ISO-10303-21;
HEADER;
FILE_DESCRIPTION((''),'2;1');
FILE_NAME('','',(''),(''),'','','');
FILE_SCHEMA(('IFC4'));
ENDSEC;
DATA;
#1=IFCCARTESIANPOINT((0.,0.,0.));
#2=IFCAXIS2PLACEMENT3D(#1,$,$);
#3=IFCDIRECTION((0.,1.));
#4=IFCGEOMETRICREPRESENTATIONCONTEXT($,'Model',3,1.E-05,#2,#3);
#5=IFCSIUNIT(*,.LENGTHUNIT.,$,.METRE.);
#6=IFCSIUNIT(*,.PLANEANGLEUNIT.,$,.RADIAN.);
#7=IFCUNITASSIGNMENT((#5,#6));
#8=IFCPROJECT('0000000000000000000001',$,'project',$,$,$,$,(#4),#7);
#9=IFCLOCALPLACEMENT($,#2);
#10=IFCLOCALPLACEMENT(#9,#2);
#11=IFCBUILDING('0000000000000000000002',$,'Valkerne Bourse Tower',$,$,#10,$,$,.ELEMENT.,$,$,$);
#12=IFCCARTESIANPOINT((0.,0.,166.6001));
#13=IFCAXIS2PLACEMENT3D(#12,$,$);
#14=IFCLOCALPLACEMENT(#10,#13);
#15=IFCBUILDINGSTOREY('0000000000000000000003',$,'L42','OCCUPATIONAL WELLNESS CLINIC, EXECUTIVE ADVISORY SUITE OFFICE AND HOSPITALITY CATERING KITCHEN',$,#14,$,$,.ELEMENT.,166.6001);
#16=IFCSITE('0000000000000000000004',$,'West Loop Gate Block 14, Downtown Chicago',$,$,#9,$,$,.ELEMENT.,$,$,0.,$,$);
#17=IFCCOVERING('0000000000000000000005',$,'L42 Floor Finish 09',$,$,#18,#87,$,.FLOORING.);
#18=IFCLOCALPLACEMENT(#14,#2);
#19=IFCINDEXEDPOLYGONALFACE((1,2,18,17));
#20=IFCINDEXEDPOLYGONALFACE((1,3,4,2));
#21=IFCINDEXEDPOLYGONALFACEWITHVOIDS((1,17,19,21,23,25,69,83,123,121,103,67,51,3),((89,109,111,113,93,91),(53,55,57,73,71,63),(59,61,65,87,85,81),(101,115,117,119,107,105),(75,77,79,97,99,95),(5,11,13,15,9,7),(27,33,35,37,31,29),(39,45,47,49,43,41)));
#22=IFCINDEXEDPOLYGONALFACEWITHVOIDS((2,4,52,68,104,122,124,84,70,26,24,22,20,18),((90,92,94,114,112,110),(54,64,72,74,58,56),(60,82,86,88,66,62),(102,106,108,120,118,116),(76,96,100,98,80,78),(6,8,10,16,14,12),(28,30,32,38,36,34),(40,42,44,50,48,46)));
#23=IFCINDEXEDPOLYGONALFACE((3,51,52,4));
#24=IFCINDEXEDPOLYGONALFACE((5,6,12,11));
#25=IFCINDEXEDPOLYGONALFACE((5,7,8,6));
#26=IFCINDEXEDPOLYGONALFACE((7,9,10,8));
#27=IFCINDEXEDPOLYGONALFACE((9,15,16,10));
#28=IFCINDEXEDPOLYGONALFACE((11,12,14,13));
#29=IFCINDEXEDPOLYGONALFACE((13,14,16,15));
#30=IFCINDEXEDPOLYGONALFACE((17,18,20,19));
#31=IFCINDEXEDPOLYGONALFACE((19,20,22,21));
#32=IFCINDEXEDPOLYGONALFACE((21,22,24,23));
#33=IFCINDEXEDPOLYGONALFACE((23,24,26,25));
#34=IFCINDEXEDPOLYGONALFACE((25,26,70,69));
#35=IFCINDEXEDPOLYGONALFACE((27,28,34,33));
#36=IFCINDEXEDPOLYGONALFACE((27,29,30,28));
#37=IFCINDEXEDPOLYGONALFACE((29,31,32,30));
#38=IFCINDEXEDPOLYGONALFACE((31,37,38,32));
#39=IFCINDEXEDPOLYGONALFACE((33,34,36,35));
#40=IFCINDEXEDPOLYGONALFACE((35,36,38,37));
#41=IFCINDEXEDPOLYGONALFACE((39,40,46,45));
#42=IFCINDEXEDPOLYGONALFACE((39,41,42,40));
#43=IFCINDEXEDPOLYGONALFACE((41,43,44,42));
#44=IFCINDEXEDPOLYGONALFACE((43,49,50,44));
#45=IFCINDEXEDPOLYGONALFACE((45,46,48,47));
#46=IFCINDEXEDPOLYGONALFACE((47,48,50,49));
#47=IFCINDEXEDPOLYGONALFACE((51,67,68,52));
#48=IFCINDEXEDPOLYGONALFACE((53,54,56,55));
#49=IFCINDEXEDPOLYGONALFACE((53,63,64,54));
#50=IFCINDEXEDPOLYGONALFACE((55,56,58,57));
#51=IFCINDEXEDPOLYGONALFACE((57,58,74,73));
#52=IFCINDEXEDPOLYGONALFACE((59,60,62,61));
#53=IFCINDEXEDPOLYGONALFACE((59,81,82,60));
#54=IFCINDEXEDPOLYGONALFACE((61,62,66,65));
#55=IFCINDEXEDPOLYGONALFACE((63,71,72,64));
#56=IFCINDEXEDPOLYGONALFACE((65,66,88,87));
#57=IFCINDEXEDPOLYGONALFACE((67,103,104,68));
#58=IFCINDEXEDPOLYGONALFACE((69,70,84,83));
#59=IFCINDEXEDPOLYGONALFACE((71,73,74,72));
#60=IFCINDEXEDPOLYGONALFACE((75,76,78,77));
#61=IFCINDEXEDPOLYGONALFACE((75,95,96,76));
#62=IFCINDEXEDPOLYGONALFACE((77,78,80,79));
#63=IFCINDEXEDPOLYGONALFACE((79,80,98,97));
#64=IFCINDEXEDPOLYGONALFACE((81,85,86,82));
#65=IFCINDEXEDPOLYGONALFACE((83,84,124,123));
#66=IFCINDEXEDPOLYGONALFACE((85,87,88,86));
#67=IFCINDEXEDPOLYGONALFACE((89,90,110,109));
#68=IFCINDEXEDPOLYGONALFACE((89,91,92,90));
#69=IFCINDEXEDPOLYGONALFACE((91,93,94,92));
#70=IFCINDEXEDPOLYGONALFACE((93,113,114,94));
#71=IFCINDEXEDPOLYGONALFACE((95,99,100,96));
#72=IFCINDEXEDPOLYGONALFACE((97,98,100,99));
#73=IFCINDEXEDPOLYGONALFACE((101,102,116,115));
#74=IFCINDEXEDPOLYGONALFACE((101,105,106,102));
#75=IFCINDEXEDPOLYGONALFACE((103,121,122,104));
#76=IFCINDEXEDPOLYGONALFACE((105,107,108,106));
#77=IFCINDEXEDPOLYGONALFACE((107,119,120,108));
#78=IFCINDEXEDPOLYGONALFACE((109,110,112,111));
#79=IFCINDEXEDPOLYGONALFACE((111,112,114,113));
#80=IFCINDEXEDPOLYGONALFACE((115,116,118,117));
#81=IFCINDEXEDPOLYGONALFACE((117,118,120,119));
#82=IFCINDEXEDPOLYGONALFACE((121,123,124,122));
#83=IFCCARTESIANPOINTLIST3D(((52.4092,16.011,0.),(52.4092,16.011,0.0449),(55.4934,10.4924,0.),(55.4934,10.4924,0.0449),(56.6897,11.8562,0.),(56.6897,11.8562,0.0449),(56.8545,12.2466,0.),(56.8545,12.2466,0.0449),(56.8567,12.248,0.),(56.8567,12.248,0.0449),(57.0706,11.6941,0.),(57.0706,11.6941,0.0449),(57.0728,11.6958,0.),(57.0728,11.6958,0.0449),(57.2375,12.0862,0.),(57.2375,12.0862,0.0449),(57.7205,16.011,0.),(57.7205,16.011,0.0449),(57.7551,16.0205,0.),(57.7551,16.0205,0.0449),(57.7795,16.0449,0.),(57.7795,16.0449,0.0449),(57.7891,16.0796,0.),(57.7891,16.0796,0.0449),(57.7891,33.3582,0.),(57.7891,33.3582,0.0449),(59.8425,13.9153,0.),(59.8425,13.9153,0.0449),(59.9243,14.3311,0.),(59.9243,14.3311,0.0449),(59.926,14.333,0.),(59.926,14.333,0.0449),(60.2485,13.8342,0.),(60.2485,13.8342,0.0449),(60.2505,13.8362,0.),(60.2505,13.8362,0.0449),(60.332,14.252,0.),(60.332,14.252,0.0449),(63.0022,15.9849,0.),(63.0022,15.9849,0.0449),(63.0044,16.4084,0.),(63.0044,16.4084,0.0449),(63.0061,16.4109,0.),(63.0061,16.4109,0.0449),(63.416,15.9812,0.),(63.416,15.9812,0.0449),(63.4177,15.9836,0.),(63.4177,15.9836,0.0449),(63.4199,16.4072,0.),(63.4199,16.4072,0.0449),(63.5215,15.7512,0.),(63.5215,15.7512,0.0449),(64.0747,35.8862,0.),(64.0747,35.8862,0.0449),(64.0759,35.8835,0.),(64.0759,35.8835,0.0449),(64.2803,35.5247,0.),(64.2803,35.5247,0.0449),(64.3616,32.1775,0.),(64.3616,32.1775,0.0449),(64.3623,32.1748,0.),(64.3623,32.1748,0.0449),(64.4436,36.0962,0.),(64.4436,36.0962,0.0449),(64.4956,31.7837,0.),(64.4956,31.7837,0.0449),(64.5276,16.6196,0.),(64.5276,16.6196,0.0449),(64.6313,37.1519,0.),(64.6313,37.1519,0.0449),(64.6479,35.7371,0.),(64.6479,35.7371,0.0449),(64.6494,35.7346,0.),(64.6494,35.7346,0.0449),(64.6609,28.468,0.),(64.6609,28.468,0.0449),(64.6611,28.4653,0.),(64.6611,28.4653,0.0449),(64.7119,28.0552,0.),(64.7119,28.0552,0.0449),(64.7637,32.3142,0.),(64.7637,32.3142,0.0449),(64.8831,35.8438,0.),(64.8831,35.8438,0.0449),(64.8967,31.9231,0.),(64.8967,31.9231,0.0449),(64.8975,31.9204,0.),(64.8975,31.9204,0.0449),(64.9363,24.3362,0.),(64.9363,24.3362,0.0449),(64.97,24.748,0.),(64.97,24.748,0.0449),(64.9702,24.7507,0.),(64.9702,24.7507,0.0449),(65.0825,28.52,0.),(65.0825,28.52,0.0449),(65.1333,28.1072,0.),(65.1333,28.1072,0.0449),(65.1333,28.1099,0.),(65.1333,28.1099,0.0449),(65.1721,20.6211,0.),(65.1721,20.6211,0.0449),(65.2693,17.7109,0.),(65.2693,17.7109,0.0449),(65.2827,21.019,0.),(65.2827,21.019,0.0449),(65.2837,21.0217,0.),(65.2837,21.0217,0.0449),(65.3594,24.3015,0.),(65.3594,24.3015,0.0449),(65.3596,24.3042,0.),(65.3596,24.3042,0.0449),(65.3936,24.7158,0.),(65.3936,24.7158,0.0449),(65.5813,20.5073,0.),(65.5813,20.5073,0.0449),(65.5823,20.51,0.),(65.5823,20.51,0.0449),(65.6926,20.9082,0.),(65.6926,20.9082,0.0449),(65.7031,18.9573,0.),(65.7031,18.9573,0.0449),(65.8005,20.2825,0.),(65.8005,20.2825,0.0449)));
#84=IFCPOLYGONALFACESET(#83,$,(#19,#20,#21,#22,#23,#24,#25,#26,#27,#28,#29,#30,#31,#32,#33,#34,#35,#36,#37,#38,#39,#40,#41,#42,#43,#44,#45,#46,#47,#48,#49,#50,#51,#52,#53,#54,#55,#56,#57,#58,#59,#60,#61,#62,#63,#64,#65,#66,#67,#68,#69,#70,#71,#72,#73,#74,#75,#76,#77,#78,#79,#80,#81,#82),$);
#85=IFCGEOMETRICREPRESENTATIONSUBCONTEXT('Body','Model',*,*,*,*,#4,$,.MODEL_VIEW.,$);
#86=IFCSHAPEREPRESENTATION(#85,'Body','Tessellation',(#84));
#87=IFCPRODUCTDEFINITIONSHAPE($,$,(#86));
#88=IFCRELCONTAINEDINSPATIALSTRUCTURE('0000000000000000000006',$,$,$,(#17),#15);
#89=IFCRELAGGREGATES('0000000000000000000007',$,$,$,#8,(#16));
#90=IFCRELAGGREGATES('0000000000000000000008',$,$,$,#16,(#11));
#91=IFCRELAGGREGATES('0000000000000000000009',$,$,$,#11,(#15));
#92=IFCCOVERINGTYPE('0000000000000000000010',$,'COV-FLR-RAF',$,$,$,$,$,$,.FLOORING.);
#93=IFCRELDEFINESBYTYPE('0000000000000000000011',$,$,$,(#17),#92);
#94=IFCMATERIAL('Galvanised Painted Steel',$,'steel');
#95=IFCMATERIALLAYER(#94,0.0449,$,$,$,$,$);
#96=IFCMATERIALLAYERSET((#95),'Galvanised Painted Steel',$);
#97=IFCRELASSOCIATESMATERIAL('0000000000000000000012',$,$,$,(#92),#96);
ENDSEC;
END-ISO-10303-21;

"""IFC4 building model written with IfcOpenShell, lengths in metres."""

from ifc_helpers import new_model, si_unit, direction, frame, origin, place, context, subcontext, project, spatial, polyline, outline, extrude, material, layer, layer_set, type_object, element, save


model = new_model("IFC4")

# Units and contexts
model_context = context("Model", 3, precision=1e-05, world=origin(), true_north=direction((0.0, 1.0)))
body_context = subcontext(model_context, "Body", "Model", "MODEL_VIEW")
ifc_project = project(units=[si_unit("LENGTHUNIT", "METRE"), si_unit("PLANEANGLEUNIT", "RADIAN")], contexts=[model_context])

# Site, building, storey
site_placement = place(None, origin())
site = spatial("IfcSite", under=ifc_project, at=site_placement, Name="West Loop Gate Block 14, Downtown Chicago", CompositionType="ELEMENT", RefElevation=0.0)
building_placement = place(site_placement, origin())
building = spatial("IfcBuilding", under=site, at=building_placement, Name="Valkerne Bourse Tower", CompositionType="ELEMENT")
storey_placement = place(building_placement, frame((0.0, 0.0, 166.6001)))
storey = spatial("IfcBuildingStorey", under=building, at=storey_placement, Name="L42", Description="OCCUPATIONAL WELLNESS CLINIC, EXECUTIVE ADVISORY SUITE OFFICE AND HOSPITALITY CATERING KITCHEN", CompositionType="ELEMENT", Elevation=166.6001)

# Covering
ifc_material_1 = material(Name="Galvanised Painted Steel", Category="steel")
ifc_layer_1 = layer(ifc_material_1, 0.0449)
ifc_layer_set_1 = layer_set([ifc_layer_1], Name="Galvanised Painted Steel")
covering_type_1 = type_object("IfcCoveringType", Name="COV-FLR-RAF", PredefinedType="FLOORING", material=ifc_layer_set_1)
covering_1_placement = place(storey_placement, origin())
element("IfcCovering", 1, at=covering_1_placement, inside=storey, type_object=covering_type_1, Name="L42 Floor Finish 09", PredefinedType="FLOORING", context=body_context, shape_type="SweptSolid", body=[
    extrude(outline(polyline([(64.5276, 16.6196), (63.5215, 15.7512), (55.4934, 10.4924), (52.4092, 16.011), (57.7205, 16.011), (57.7551, 16.0205), (57.7795, 16.0449), (57.7891, 16.0796), (57.7891, 33.3582), (64.6313, 37.1519), (64.8831, 35.8438), (65.8005, 20.2825), (65.7031, 18.9573), (65.2693, 17.7109), (64.5276, 16.6196)]), holes=[polyline([(57.0728, 11.6958), (57.2375, 12.0862), (56.8567, 12.248), (56.8545, 12.2466), (56.6897, 11.8562), (57.0706, 11.6941), (57.0728, 11.6958)]), polyline([(60.2505, 13.8362), (60.332, 14.252), (59.926, 14.333), (59.9243, 14.3311), (59.8425, 13.9153), (60.2485, 13.8342), (60.2505, 13.8362)]), polyline([(63.4199, 16.4072), (63.0061, 16.4109), (63.0044, 16.4084), (63.0022, 15.9849), (63.416, 15.9812), (63.4177, 15.9836), (63.4199, 16.4072)]), polyline([(65.6926, 20.9082), (65.2837, 21.0217), (65.2827, 21.019), (65.1721, 20.6211), (65.5813, 20.5073), (65.5823, 20.51), (65.6926, 20.9082)]), polyline([(65.3936, 24.7158), (64.9702, 24.7507), (64.97, 24.748), (64.9363, 24.3362), (65.3594, 24.3015), (65.3596, 24.3042), (65.3936, 24.7158)]), polyline([(65.1333, 28.1072), (65.1333, 28.1099), (65.0825, 28.52), (64.6609, 28.468), (64.6611, 28.4653), (64.7119, 28.0552), (65.1333, 28.1072)]), polyline([(64.8975, 31.9204), (64.8967, 31.9231), (64.7637, 32.3142), (64.3616, 32.1775), (64.3623, 32.1748), (64.4956, 31.7837), (64.8975, 31.9204)]), polyline([(64.6494, 35.7346), (64.6479, 35.7371), (64.4436, 36.0962), (64.0747, 35.8862), (64.0759, 35.8835), (64.2803, 35.5247), (64.6494, 35.7346)])]), origin(), (0.0, 0.0, 1.0), 0.0449),
])

save(model, "model.ifc")
